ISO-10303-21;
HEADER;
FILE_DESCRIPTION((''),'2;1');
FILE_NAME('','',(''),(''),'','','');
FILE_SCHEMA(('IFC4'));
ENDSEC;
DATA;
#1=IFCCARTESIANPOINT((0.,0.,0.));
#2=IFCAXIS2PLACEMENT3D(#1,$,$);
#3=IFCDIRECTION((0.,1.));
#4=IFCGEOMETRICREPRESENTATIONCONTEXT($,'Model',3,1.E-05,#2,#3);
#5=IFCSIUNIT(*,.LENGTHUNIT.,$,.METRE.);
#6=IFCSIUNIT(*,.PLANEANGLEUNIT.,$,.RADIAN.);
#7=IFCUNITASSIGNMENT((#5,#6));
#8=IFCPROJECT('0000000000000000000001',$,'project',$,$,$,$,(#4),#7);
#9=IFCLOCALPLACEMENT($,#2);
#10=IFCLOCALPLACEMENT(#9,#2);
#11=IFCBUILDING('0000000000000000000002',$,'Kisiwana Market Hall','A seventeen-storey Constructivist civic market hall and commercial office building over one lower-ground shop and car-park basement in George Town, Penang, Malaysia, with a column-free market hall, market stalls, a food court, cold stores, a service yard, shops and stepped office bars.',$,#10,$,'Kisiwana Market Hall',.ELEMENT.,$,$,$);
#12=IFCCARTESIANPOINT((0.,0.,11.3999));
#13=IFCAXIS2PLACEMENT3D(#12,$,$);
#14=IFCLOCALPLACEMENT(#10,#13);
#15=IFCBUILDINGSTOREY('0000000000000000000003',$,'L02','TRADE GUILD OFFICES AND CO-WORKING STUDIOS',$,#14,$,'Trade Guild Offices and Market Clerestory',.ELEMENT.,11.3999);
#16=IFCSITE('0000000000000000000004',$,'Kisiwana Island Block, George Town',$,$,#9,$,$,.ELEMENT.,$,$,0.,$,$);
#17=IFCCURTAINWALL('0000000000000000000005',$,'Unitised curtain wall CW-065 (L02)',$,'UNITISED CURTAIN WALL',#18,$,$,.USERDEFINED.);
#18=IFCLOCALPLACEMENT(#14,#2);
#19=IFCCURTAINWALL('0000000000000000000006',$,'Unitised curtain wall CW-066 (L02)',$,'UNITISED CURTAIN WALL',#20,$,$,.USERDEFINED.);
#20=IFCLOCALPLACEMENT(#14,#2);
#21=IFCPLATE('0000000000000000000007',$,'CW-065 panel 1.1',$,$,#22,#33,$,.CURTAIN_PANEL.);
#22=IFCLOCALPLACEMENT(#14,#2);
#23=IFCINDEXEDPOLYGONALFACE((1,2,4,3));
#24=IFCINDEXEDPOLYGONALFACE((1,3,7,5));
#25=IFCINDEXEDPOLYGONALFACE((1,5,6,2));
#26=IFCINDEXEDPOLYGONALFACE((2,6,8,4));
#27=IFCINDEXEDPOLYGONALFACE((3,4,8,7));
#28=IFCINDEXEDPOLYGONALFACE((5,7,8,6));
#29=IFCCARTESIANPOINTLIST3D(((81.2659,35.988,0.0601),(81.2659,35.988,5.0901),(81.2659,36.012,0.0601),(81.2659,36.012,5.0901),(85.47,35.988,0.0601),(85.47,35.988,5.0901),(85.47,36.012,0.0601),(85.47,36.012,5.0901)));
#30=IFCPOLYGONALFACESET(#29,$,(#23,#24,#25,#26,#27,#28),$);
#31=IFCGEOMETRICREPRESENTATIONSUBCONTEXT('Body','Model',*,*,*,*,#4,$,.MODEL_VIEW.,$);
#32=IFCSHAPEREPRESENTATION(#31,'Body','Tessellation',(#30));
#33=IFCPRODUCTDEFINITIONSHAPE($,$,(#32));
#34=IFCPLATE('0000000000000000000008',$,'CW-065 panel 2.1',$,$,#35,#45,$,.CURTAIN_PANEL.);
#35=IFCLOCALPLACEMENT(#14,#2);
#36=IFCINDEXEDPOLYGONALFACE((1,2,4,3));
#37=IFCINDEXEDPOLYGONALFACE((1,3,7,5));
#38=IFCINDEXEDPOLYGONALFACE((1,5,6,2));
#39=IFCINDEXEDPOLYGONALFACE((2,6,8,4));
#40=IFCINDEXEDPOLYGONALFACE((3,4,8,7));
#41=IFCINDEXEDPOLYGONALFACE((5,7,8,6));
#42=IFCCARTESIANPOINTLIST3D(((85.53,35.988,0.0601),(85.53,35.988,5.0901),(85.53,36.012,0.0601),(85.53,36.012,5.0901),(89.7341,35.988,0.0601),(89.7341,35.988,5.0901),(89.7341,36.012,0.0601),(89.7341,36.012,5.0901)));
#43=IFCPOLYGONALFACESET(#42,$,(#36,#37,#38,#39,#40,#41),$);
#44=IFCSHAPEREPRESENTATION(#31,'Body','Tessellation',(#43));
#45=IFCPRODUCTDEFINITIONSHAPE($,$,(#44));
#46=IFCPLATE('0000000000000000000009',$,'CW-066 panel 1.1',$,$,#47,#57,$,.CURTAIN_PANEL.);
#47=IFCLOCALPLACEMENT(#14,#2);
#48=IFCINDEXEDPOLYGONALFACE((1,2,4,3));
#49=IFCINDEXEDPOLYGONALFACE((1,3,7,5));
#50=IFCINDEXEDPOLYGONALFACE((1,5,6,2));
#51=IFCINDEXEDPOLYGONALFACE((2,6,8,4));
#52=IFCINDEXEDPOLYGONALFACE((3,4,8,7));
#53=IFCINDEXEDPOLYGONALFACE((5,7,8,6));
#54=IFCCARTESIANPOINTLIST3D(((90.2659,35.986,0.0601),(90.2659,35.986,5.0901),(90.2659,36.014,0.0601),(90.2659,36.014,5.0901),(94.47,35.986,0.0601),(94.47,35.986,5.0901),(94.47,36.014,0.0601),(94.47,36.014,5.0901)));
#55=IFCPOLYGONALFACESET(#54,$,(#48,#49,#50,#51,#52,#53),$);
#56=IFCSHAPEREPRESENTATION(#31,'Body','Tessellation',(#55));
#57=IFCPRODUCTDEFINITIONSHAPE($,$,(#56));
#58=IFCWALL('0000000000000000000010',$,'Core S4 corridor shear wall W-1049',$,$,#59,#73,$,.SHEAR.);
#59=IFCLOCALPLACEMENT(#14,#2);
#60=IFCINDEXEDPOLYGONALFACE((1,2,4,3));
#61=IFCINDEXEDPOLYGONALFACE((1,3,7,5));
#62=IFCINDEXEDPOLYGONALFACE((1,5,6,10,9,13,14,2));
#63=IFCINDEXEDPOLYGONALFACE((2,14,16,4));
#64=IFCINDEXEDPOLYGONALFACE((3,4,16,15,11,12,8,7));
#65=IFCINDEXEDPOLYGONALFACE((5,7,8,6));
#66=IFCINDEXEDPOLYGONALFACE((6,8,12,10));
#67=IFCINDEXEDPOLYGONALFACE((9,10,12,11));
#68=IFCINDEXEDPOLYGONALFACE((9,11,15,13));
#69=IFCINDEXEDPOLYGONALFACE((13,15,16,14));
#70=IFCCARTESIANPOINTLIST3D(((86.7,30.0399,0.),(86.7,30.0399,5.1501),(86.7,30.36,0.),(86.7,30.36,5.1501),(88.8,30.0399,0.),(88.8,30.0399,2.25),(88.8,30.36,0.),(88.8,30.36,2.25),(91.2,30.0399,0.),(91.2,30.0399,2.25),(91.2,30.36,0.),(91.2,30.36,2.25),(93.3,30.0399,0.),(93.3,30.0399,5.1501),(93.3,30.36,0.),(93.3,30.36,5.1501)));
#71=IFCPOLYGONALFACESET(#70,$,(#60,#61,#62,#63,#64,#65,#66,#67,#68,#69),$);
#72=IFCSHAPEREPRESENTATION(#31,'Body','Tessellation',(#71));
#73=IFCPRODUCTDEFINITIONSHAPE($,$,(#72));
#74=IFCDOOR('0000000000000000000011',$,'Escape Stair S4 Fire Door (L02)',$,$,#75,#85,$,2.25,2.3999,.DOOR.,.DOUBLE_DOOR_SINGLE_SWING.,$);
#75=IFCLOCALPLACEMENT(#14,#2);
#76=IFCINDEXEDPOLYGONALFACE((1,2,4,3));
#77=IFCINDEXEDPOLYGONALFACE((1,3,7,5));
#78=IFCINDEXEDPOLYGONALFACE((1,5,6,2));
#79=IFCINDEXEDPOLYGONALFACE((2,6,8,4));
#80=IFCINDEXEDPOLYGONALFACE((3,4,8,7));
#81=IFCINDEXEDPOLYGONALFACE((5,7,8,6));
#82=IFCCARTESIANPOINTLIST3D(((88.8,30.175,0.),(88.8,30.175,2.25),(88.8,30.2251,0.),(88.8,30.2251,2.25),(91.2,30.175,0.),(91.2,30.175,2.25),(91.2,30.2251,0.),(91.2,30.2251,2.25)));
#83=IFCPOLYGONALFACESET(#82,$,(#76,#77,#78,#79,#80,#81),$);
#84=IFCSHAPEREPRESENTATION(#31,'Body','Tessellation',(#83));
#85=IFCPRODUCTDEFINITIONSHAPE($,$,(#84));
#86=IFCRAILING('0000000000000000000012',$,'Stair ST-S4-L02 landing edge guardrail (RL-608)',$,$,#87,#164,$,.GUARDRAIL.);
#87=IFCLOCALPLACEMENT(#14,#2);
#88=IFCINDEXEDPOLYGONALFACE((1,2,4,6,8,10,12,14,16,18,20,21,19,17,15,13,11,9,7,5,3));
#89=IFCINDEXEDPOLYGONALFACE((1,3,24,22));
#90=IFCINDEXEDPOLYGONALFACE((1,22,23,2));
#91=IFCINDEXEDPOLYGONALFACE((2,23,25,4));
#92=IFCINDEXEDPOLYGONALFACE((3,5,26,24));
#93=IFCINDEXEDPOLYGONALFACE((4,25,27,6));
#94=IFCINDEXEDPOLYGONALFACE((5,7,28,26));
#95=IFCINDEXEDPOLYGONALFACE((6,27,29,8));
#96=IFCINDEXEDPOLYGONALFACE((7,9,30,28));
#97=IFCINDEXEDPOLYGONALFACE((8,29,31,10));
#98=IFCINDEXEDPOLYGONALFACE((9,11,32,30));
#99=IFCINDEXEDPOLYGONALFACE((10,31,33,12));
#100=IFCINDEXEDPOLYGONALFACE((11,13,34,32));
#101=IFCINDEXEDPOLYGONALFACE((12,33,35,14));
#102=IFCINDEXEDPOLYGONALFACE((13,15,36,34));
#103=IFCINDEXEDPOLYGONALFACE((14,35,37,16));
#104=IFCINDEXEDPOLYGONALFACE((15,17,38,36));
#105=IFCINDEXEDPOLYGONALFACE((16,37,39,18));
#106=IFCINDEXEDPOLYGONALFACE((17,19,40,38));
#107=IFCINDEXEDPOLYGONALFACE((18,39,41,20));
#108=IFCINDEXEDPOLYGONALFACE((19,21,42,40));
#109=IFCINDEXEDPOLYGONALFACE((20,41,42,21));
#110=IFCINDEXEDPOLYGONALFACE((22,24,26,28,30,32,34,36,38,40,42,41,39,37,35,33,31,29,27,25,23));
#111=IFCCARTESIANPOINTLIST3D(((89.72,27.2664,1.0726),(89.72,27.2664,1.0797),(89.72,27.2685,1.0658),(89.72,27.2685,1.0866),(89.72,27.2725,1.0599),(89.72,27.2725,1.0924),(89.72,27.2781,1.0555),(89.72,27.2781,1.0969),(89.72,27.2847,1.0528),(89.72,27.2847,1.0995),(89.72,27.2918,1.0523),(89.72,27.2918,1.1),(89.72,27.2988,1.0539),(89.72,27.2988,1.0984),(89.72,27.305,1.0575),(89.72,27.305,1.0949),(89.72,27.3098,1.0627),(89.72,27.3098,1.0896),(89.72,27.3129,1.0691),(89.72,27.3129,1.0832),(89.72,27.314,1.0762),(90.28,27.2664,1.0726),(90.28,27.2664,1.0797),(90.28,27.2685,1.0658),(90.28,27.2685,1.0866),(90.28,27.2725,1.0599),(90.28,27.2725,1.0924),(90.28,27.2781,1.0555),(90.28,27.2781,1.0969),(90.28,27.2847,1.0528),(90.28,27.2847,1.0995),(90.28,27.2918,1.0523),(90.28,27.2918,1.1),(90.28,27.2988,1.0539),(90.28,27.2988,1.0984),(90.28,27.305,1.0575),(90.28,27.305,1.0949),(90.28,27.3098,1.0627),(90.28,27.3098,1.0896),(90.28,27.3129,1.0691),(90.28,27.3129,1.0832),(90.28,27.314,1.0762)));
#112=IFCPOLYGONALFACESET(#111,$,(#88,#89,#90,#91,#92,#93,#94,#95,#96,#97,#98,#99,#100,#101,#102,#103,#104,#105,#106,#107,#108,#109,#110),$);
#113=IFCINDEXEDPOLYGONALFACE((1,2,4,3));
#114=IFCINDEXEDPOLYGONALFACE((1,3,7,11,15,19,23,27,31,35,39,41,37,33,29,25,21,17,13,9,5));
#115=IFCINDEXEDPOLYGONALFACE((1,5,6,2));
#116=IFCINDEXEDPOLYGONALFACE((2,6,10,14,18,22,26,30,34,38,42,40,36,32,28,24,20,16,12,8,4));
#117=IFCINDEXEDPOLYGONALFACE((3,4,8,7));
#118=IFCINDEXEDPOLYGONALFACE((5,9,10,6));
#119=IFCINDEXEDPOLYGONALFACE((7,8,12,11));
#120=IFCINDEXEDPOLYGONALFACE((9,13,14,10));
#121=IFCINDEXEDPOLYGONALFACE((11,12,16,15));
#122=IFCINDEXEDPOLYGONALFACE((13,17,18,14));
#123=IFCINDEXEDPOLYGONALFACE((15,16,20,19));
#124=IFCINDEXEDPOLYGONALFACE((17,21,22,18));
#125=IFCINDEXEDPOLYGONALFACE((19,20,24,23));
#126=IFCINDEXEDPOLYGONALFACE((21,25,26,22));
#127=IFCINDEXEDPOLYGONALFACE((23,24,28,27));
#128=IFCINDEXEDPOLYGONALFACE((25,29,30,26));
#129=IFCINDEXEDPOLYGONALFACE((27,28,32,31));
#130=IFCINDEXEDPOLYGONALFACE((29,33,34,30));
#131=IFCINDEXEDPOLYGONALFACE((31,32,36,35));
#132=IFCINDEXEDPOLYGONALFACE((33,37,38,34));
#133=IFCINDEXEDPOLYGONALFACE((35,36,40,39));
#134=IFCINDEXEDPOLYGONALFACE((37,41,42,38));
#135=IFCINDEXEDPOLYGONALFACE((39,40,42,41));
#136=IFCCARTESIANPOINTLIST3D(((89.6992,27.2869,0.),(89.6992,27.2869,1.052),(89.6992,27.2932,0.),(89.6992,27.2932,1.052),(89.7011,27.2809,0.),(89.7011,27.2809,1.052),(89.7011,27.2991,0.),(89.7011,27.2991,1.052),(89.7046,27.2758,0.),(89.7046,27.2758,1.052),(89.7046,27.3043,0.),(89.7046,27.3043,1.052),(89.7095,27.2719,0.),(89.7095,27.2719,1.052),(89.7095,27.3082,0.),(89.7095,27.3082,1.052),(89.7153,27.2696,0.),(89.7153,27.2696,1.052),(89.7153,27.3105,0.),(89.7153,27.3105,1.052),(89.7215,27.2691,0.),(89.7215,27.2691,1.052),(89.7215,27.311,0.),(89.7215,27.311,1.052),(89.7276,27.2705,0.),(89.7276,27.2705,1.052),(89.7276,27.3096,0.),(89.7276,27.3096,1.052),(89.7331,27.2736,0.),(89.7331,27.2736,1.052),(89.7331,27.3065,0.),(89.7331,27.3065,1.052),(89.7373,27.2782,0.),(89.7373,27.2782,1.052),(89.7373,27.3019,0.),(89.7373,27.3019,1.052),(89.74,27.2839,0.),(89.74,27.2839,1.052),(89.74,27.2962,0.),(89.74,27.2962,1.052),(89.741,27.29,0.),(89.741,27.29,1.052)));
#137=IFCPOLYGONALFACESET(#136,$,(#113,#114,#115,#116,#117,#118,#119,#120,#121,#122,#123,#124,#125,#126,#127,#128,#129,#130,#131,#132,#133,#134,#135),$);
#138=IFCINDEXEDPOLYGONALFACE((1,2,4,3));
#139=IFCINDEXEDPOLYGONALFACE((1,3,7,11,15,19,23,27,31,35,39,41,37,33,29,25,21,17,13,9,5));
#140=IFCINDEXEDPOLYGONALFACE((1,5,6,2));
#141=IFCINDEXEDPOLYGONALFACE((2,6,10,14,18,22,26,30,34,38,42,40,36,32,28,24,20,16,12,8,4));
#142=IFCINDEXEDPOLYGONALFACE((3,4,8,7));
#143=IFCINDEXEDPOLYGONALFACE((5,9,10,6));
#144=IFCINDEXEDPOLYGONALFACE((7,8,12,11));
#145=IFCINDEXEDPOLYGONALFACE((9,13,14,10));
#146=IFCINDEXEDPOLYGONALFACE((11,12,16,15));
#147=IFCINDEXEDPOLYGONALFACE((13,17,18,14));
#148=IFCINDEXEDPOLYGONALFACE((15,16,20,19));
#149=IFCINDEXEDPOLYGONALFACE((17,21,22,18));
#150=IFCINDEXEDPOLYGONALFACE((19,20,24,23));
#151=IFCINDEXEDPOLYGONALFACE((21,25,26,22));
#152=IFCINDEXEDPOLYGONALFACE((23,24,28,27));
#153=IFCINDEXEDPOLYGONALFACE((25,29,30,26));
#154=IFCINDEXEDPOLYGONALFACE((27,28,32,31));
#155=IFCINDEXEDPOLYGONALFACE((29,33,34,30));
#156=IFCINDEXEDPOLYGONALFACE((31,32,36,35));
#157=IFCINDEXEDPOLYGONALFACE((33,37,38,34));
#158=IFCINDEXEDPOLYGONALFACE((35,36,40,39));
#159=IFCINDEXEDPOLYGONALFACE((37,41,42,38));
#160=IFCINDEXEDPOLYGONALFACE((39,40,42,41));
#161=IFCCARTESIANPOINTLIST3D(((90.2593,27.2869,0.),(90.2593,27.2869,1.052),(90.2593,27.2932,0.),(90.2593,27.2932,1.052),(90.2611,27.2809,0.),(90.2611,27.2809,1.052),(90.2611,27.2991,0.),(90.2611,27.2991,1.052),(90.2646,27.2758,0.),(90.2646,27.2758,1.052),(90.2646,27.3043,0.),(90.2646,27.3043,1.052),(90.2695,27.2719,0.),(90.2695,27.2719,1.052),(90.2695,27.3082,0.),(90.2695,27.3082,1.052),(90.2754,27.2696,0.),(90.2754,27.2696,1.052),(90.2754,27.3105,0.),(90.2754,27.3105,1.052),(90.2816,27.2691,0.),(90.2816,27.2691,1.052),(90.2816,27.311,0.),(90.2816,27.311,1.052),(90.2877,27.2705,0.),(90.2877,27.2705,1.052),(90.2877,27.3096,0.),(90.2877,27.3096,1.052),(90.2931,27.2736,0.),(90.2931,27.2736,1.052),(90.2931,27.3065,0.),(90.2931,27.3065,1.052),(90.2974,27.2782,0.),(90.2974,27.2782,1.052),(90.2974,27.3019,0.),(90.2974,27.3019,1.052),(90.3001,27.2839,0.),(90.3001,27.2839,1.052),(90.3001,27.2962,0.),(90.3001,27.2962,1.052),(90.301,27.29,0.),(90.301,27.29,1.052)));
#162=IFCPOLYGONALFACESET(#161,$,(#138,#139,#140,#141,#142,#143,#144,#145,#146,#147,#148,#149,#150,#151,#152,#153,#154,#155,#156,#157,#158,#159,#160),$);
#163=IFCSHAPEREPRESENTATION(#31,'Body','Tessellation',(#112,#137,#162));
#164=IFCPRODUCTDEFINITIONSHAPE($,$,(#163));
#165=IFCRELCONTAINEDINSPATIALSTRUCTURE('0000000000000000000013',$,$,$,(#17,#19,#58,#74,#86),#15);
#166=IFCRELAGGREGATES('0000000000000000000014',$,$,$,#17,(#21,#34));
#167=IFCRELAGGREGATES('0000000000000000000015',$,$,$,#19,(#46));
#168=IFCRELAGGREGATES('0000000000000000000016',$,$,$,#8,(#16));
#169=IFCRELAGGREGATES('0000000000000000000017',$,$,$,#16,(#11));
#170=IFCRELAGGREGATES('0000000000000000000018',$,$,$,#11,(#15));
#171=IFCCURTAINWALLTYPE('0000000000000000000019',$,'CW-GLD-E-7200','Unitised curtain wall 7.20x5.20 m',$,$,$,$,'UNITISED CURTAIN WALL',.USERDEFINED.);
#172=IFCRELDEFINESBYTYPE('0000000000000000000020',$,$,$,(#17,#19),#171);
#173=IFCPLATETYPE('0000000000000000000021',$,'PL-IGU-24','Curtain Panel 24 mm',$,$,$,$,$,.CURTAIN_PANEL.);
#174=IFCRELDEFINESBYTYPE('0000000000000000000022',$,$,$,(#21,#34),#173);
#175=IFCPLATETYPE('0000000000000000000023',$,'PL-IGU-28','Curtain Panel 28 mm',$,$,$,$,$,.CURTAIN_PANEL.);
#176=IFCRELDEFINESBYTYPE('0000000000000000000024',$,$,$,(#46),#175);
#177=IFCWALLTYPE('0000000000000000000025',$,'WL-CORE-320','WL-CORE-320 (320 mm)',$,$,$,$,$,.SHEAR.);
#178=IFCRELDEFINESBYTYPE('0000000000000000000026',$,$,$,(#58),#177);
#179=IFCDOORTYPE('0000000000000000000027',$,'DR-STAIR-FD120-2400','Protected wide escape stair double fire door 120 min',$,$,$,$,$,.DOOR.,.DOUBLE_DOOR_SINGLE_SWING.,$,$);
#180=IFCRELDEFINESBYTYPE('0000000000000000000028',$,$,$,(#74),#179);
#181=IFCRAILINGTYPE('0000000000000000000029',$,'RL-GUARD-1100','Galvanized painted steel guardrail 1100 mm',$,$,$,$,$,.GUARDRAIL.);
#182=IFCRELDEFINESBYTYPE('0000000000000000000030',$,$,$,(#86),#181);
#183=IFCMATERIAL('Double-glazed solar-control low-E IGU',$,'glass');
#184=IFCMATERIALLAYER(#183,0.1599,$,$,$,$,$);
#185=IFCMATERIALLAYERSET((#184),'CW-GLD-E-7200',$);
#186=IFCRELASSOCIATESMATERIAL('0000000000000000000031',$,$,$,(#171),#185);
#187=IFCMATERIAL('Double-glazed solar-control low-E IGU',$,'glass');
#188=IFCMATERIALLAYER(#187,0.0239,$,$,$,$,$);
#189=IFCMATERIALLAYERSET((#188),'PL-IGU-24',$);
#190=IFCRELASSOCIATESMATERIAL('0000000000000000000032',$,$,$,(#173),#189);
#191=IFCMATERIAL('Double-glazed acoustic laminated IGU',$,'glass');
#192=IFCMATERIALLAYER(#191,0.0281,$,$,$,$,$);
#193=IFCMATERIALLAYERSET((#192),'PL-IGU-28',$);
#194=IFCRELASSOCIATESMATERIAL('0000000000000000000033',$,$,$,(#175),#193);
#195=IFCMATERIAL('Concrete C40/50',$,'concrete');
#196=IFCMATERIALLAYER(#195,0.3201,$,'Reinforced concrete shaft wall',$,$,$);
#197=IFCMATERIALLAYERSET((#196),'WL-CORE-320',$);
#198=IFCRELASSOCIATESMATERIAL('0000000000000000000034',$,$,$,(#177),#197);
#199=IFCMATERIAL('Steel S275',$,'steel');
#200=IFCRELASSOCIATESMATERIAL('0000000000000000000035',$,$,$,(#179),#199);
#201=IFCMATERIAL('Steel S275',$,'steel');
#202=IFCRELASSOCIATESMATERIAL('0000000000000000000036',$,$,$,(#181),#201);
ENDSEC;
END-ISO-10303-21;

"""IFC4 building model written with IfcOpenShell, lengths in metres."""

from ifc_helpers import new_model, si_unit, direction, frame, frame_2d, origin, origin_2d, place, context, subcontext, project, spatial, rectangle, circle, extrude, material, layer, layer_set, type_object, element, fill, aggregate, save


model = new_model("IFC4")

# Units and contexts
model_context = context("Model", 3, precision=1e-05, world=origin(), true_north=direction((0.0, 1.0)))
body_context = subcontext(model_context, "Body", "Model", "MODEL_VIEW")
ifc_project = project(units=[si_unit("LENGTHUNIT", "METRE"), si_unit("PLANEANGLEUNIT", "RADIAN")], contexts=[model_context])

# Site, building, storey
site_placement = place(None, origin())
site = spatial("IfcSite", under=ifc_project, at=site_placement, Name="Kisiwana Island Block, George Town", CompositionType="ELEMENT", RefElevation=0.0)
building_placement = place(site_placement, origin())
building = spatial("IfcBuilding", under=site, at=building_placement, Name="Kisiwana Market Hall", Description="A seventeen-storey Constructivist civic market hall and commercial office building over one lower-ground shop and car-park basement in George Town, Penang, Malaysia, with a column-free market hall, market stalls, a food court, cold stores, a service yard, shops and stepped office bars.", LongName="Kisiwana Market Hall", CompositionType="ELEMENT")
storey_placement = place(building_placement, frame((0.0, 0.0, 11.3999)))
storey = spatial("IfcBuildingStorey", under=building, at=storey_placement, Name="L02", Description="TRADE GUILD OFFICES AND CO-WORKING STUDIOS", LongName="Trade Guild Offices and Market Clerestory", CompositionType="ELEMENT", Elevation=11.3999)

# Curtain wall
ifc_material_1 = material(Name="Double-glazed solar-control low-E IGU", Category="glass")
ifc_layer_1 = layer(ifc_material_1, 0.1599)
ifc_layer_set_1 = layer_set([ifc_layer_1], Name="CW-GLD-E-7200")
curtain_wall_type = type_object("IfcCurtainWallType", Name="CW-GLD-E-7200", Description="Unitised curtain wall 7.20x5.20 m", ElementType="UNITISED CURTAIN WALL", PredefinedType="USERDEFINED", material=ifc_layer_set_1)
curtain_wall_1_placement = place(storey_placement, origin())
curtain_wall_1 = element("IfcCurtainWall", 1, at=curtain_wall_1_placement, inside=storey, type_object=curtain_wall_type, Name="Unitised curtain wall CW-065 (L02)", ObjectType="UNITISED CURTAIN WALL", PredefinedType="USERDEFINED")

# Curtain wall
curtain_wall_2_placement = place(storey_placement, origin())
curtain_wall_2 = element("IfcCurtainWall", 2, at=curtain_wall_2_placement, inside=storey, type_object=curtain_wall_type, Name="Unitised curtain wall CW-066 (L02)", ObjectType="UNITISED CURTAIN WALL", PredefinedType="USERDEFINED")

# Plates
ifc_material_2 = material(Name="Double-glazed solar-control low-E IGU", Category="glass")
ifc_layer_2 = layer(ifc_material_2, 0.0239)
ifc_layer_set_2 = layer_set([ifc_layer_2], Name="PL-IGU-24")
plate_type_1 = type_object("IfcPlateType", Name="PL-IGU-24", Description="Curtain Panel 24 mm", PredefinedType="CURTAIN_PANEL", material=ifc_layer_set_2)
plate_1_placement = place(storey_placement, frame((83.3679, 36.0, 0.0601), z_axis=(0.0, 0.0, 1.0), x_axis=(1.0, 0.0, 0.0)))
plate_1 = element("IfcPlate", 3, at=plate_1_placement, type_object=plate_type_1, Name="CW-065 panel 1.1", PredefinedType="CURTAIN_PANEL", context=body_context, shape_type="SweptSolid", body=[
    extrude(rectangle(XDim=4.2041, YDim=0.0239, at=origin_2d()), origin(), (0.0, 0.0, 1.0), 5.03),
])
plate_2_placement = place(storey_placement, frame((87.6321, 36.0, 0.0601), z_axis=(0.0, 0.0, 1.0), x_axis=(1.0, 0.0, 0.0)))
plate_2 = element("IfcPlate", 4, at=plate_2_placement, type_object=plate_type_1, Name="CW-065 panel 2.1", PredefinedType="CURTAIN_PANEL", context=body_context, shape_type="SweptSolid", body=[
    extrude(rectangle(XDim=4.2041, YDim=0.0239, at=origin_2d()), origin(), (0.0, 0.0, 1.0), 5.03),
])
aggregate(curtain_wall_1, [plate_1, plate_2])
ifc_material_3 = material(Name="Double-glazed acoustic laminated IGU", Category="glass")
ifc_layer_3 = layer(ifc_material_3, 0.0281)
ifc_layer_set_3 = layer_set([ifc_layer_3], Name="PL-IGU-28")
plate_type_2 = type_object("IfcPlateType", Name="PL-IGU-28", Description="Curtain Panel 28 mm", PredefinedType="CURTAIN_PANEL", material=ifc_layer_set_3)
plate_3_placement = place(storey_placement, frame((92.3679, 36.0, 0.0601), z_axis=(0.0, 0.0, 1.0), x_axis=(1.0, 0.0, 0.0)))
plate_3 = element("IfcPlate", 5, at=plate_3_placement, type_object=plate_type_2, Name="CW-066 panel 1.1", PredefinedType="CURTAIN_PANEL", context=body_context, shape_type="SweptSolid", body=[
    extrude(rectangle(XDim=4.2041, YDim=0.0281, at=origin_2d()), origin(), (0.0, 0.0, 1.0), 5.03),
])
aggregate(curtain_wall_2, [plate_3])

# Wall, opening, door
ifc_material_4 = material(Name="Concrete C40/50", Category="concrete")
ifc_layer_4 = layer(ifc_material_4, 0.3201, Name="Reinforced concrete shaft wall")
ifc_layer_set_4 = layer_set([ifc_layer_4], Name="WL-CORE-320")
wall_type = type_object("IfcWallType", Name="WL-CORE-320", Description="WL-CORE-320 (320 mm)", PredefinedType="SHEAR", material=ifc_layer_set_4)
wall_placement = place(storey_placement, frame((86.7, 30.2, 0.0), z_axis=(0.0, 0.0, 1.0), x_axis=(1.0, 0.0, 0.0)))
wall = element("IfcWall", 6, at=wall_placement, inside=storey, type_object=wall_type, Name="Core S4 corridor shear wall W-1049", PredefinedType="SHEAR", context=body_context, shape_type="SweptSolid", body=[
    extrude(rectangle(XDim=6.6001, YDim=0.3201, at=frame_2d((3.3, 0.0))), origin(), (0.0, 0.0, 1.0), 5.1501),
])
opening_placement = place(wall_placement, frame((2.1001, 0.0, 0.0)))
opening = element("IfcOpeningElement", 7, at=opening_placement, cuts=wall, PredefinedType="OPENING", context=body_context, shape_type="SweptSolid", body=[
    extrude(rectangle(XDim=2.3999, YDim=2.25, at=frame_2d((1.2, 1.125))), frame((0.0, 0.1719, 0.0), z_axis=(0.0, -1.0, 0.0), x_axis=(1.0, 0.0, 0.0)), (0.0, 0.0, 1.0), 0.344),
])
ifc_material_5 = material(Name="Steel S275", Category="steel")
door_type = type_object("IfcDoorType", Name="DR-STAIR-FD120-2400", Description="Protected wide escape stair double fire door 120 min", OperationType="DOUBLE_DOOR_SINGLE_SWING", PredefinedType="DOOR", material=ifc_material_5)
door_placement = place(opening_placement, frame((2.3999, 0.0, 0.0), z_axis=(0.0, 0.0, 1.0), x_axis=(-1.0, 0.0, 0.0)))
door = element("IfcDoor", 8, at=door_placement, inside=storey, type_object=door_type, Name="Escape Stair S4 Fire Door (L02)", OperationType="DOUBLE_DOOR_SINGLE_SWING", OverallHeight=2.25, OverallWidth=2.3999, PredefinedType="DOOR", context=body_context, shape_type="SweptSolid", body=[
    extrude(rectangle(XDim=2.3999, YDim=2.25, at=frame_2d((1.2, 1.125))), frame((0.0, 0.0249, 0.0), z_axis=(0.0, -1.0, 0.0), x_axis=(1.0, 0.0, 0.0)), (0.0, 0.0, 1.0), 0.05),
])
fill(opening, door)

# Railing
ifc_material_6 = material(Name="Steel S275", Category="steel")
railing_type_1 = type_object("IfcRailingType", Name="RL-GUARD-1100", Description="Galvanized painted steel guardrail 1100 mm", PredefinedType="GUARDRAIL", material=ifc_material_6)
railing_1_placement = place(storey_placement, frame((89.72, 27.29, 0.0)))
element("IfcRailing", 9, at=railing_1_placement, inside=storey, type_object=railing_type_1, Name="Stair ST-S4-L02 landing edge guardrail (RL-608)", PredefinedType="GUARDRAIL", context=body_context, shape_type="SweptSolid", body=[
    extrude(circle(Radius=0.0239, at=origin_2d()), frame((0.0, 0.0, 1.0762), z_axis=(1.0, 0.0, 0.0), x_axis=(0.0, 1.0, 0.0)), (0.0, 0.0, 1.0), 0.5601),
    extrude(circle(Radius=0.021, at=origin_2d()), origin(), (0.0, 0.0, 1.0), 1.052),
    extrude(circle(Radius=0.021, at=origin_2d()), frame((0.5601, 0.0, 0.0)), (0.0, 0.0, 1.0), 1.052),
])

save(model, "model.ifc")
